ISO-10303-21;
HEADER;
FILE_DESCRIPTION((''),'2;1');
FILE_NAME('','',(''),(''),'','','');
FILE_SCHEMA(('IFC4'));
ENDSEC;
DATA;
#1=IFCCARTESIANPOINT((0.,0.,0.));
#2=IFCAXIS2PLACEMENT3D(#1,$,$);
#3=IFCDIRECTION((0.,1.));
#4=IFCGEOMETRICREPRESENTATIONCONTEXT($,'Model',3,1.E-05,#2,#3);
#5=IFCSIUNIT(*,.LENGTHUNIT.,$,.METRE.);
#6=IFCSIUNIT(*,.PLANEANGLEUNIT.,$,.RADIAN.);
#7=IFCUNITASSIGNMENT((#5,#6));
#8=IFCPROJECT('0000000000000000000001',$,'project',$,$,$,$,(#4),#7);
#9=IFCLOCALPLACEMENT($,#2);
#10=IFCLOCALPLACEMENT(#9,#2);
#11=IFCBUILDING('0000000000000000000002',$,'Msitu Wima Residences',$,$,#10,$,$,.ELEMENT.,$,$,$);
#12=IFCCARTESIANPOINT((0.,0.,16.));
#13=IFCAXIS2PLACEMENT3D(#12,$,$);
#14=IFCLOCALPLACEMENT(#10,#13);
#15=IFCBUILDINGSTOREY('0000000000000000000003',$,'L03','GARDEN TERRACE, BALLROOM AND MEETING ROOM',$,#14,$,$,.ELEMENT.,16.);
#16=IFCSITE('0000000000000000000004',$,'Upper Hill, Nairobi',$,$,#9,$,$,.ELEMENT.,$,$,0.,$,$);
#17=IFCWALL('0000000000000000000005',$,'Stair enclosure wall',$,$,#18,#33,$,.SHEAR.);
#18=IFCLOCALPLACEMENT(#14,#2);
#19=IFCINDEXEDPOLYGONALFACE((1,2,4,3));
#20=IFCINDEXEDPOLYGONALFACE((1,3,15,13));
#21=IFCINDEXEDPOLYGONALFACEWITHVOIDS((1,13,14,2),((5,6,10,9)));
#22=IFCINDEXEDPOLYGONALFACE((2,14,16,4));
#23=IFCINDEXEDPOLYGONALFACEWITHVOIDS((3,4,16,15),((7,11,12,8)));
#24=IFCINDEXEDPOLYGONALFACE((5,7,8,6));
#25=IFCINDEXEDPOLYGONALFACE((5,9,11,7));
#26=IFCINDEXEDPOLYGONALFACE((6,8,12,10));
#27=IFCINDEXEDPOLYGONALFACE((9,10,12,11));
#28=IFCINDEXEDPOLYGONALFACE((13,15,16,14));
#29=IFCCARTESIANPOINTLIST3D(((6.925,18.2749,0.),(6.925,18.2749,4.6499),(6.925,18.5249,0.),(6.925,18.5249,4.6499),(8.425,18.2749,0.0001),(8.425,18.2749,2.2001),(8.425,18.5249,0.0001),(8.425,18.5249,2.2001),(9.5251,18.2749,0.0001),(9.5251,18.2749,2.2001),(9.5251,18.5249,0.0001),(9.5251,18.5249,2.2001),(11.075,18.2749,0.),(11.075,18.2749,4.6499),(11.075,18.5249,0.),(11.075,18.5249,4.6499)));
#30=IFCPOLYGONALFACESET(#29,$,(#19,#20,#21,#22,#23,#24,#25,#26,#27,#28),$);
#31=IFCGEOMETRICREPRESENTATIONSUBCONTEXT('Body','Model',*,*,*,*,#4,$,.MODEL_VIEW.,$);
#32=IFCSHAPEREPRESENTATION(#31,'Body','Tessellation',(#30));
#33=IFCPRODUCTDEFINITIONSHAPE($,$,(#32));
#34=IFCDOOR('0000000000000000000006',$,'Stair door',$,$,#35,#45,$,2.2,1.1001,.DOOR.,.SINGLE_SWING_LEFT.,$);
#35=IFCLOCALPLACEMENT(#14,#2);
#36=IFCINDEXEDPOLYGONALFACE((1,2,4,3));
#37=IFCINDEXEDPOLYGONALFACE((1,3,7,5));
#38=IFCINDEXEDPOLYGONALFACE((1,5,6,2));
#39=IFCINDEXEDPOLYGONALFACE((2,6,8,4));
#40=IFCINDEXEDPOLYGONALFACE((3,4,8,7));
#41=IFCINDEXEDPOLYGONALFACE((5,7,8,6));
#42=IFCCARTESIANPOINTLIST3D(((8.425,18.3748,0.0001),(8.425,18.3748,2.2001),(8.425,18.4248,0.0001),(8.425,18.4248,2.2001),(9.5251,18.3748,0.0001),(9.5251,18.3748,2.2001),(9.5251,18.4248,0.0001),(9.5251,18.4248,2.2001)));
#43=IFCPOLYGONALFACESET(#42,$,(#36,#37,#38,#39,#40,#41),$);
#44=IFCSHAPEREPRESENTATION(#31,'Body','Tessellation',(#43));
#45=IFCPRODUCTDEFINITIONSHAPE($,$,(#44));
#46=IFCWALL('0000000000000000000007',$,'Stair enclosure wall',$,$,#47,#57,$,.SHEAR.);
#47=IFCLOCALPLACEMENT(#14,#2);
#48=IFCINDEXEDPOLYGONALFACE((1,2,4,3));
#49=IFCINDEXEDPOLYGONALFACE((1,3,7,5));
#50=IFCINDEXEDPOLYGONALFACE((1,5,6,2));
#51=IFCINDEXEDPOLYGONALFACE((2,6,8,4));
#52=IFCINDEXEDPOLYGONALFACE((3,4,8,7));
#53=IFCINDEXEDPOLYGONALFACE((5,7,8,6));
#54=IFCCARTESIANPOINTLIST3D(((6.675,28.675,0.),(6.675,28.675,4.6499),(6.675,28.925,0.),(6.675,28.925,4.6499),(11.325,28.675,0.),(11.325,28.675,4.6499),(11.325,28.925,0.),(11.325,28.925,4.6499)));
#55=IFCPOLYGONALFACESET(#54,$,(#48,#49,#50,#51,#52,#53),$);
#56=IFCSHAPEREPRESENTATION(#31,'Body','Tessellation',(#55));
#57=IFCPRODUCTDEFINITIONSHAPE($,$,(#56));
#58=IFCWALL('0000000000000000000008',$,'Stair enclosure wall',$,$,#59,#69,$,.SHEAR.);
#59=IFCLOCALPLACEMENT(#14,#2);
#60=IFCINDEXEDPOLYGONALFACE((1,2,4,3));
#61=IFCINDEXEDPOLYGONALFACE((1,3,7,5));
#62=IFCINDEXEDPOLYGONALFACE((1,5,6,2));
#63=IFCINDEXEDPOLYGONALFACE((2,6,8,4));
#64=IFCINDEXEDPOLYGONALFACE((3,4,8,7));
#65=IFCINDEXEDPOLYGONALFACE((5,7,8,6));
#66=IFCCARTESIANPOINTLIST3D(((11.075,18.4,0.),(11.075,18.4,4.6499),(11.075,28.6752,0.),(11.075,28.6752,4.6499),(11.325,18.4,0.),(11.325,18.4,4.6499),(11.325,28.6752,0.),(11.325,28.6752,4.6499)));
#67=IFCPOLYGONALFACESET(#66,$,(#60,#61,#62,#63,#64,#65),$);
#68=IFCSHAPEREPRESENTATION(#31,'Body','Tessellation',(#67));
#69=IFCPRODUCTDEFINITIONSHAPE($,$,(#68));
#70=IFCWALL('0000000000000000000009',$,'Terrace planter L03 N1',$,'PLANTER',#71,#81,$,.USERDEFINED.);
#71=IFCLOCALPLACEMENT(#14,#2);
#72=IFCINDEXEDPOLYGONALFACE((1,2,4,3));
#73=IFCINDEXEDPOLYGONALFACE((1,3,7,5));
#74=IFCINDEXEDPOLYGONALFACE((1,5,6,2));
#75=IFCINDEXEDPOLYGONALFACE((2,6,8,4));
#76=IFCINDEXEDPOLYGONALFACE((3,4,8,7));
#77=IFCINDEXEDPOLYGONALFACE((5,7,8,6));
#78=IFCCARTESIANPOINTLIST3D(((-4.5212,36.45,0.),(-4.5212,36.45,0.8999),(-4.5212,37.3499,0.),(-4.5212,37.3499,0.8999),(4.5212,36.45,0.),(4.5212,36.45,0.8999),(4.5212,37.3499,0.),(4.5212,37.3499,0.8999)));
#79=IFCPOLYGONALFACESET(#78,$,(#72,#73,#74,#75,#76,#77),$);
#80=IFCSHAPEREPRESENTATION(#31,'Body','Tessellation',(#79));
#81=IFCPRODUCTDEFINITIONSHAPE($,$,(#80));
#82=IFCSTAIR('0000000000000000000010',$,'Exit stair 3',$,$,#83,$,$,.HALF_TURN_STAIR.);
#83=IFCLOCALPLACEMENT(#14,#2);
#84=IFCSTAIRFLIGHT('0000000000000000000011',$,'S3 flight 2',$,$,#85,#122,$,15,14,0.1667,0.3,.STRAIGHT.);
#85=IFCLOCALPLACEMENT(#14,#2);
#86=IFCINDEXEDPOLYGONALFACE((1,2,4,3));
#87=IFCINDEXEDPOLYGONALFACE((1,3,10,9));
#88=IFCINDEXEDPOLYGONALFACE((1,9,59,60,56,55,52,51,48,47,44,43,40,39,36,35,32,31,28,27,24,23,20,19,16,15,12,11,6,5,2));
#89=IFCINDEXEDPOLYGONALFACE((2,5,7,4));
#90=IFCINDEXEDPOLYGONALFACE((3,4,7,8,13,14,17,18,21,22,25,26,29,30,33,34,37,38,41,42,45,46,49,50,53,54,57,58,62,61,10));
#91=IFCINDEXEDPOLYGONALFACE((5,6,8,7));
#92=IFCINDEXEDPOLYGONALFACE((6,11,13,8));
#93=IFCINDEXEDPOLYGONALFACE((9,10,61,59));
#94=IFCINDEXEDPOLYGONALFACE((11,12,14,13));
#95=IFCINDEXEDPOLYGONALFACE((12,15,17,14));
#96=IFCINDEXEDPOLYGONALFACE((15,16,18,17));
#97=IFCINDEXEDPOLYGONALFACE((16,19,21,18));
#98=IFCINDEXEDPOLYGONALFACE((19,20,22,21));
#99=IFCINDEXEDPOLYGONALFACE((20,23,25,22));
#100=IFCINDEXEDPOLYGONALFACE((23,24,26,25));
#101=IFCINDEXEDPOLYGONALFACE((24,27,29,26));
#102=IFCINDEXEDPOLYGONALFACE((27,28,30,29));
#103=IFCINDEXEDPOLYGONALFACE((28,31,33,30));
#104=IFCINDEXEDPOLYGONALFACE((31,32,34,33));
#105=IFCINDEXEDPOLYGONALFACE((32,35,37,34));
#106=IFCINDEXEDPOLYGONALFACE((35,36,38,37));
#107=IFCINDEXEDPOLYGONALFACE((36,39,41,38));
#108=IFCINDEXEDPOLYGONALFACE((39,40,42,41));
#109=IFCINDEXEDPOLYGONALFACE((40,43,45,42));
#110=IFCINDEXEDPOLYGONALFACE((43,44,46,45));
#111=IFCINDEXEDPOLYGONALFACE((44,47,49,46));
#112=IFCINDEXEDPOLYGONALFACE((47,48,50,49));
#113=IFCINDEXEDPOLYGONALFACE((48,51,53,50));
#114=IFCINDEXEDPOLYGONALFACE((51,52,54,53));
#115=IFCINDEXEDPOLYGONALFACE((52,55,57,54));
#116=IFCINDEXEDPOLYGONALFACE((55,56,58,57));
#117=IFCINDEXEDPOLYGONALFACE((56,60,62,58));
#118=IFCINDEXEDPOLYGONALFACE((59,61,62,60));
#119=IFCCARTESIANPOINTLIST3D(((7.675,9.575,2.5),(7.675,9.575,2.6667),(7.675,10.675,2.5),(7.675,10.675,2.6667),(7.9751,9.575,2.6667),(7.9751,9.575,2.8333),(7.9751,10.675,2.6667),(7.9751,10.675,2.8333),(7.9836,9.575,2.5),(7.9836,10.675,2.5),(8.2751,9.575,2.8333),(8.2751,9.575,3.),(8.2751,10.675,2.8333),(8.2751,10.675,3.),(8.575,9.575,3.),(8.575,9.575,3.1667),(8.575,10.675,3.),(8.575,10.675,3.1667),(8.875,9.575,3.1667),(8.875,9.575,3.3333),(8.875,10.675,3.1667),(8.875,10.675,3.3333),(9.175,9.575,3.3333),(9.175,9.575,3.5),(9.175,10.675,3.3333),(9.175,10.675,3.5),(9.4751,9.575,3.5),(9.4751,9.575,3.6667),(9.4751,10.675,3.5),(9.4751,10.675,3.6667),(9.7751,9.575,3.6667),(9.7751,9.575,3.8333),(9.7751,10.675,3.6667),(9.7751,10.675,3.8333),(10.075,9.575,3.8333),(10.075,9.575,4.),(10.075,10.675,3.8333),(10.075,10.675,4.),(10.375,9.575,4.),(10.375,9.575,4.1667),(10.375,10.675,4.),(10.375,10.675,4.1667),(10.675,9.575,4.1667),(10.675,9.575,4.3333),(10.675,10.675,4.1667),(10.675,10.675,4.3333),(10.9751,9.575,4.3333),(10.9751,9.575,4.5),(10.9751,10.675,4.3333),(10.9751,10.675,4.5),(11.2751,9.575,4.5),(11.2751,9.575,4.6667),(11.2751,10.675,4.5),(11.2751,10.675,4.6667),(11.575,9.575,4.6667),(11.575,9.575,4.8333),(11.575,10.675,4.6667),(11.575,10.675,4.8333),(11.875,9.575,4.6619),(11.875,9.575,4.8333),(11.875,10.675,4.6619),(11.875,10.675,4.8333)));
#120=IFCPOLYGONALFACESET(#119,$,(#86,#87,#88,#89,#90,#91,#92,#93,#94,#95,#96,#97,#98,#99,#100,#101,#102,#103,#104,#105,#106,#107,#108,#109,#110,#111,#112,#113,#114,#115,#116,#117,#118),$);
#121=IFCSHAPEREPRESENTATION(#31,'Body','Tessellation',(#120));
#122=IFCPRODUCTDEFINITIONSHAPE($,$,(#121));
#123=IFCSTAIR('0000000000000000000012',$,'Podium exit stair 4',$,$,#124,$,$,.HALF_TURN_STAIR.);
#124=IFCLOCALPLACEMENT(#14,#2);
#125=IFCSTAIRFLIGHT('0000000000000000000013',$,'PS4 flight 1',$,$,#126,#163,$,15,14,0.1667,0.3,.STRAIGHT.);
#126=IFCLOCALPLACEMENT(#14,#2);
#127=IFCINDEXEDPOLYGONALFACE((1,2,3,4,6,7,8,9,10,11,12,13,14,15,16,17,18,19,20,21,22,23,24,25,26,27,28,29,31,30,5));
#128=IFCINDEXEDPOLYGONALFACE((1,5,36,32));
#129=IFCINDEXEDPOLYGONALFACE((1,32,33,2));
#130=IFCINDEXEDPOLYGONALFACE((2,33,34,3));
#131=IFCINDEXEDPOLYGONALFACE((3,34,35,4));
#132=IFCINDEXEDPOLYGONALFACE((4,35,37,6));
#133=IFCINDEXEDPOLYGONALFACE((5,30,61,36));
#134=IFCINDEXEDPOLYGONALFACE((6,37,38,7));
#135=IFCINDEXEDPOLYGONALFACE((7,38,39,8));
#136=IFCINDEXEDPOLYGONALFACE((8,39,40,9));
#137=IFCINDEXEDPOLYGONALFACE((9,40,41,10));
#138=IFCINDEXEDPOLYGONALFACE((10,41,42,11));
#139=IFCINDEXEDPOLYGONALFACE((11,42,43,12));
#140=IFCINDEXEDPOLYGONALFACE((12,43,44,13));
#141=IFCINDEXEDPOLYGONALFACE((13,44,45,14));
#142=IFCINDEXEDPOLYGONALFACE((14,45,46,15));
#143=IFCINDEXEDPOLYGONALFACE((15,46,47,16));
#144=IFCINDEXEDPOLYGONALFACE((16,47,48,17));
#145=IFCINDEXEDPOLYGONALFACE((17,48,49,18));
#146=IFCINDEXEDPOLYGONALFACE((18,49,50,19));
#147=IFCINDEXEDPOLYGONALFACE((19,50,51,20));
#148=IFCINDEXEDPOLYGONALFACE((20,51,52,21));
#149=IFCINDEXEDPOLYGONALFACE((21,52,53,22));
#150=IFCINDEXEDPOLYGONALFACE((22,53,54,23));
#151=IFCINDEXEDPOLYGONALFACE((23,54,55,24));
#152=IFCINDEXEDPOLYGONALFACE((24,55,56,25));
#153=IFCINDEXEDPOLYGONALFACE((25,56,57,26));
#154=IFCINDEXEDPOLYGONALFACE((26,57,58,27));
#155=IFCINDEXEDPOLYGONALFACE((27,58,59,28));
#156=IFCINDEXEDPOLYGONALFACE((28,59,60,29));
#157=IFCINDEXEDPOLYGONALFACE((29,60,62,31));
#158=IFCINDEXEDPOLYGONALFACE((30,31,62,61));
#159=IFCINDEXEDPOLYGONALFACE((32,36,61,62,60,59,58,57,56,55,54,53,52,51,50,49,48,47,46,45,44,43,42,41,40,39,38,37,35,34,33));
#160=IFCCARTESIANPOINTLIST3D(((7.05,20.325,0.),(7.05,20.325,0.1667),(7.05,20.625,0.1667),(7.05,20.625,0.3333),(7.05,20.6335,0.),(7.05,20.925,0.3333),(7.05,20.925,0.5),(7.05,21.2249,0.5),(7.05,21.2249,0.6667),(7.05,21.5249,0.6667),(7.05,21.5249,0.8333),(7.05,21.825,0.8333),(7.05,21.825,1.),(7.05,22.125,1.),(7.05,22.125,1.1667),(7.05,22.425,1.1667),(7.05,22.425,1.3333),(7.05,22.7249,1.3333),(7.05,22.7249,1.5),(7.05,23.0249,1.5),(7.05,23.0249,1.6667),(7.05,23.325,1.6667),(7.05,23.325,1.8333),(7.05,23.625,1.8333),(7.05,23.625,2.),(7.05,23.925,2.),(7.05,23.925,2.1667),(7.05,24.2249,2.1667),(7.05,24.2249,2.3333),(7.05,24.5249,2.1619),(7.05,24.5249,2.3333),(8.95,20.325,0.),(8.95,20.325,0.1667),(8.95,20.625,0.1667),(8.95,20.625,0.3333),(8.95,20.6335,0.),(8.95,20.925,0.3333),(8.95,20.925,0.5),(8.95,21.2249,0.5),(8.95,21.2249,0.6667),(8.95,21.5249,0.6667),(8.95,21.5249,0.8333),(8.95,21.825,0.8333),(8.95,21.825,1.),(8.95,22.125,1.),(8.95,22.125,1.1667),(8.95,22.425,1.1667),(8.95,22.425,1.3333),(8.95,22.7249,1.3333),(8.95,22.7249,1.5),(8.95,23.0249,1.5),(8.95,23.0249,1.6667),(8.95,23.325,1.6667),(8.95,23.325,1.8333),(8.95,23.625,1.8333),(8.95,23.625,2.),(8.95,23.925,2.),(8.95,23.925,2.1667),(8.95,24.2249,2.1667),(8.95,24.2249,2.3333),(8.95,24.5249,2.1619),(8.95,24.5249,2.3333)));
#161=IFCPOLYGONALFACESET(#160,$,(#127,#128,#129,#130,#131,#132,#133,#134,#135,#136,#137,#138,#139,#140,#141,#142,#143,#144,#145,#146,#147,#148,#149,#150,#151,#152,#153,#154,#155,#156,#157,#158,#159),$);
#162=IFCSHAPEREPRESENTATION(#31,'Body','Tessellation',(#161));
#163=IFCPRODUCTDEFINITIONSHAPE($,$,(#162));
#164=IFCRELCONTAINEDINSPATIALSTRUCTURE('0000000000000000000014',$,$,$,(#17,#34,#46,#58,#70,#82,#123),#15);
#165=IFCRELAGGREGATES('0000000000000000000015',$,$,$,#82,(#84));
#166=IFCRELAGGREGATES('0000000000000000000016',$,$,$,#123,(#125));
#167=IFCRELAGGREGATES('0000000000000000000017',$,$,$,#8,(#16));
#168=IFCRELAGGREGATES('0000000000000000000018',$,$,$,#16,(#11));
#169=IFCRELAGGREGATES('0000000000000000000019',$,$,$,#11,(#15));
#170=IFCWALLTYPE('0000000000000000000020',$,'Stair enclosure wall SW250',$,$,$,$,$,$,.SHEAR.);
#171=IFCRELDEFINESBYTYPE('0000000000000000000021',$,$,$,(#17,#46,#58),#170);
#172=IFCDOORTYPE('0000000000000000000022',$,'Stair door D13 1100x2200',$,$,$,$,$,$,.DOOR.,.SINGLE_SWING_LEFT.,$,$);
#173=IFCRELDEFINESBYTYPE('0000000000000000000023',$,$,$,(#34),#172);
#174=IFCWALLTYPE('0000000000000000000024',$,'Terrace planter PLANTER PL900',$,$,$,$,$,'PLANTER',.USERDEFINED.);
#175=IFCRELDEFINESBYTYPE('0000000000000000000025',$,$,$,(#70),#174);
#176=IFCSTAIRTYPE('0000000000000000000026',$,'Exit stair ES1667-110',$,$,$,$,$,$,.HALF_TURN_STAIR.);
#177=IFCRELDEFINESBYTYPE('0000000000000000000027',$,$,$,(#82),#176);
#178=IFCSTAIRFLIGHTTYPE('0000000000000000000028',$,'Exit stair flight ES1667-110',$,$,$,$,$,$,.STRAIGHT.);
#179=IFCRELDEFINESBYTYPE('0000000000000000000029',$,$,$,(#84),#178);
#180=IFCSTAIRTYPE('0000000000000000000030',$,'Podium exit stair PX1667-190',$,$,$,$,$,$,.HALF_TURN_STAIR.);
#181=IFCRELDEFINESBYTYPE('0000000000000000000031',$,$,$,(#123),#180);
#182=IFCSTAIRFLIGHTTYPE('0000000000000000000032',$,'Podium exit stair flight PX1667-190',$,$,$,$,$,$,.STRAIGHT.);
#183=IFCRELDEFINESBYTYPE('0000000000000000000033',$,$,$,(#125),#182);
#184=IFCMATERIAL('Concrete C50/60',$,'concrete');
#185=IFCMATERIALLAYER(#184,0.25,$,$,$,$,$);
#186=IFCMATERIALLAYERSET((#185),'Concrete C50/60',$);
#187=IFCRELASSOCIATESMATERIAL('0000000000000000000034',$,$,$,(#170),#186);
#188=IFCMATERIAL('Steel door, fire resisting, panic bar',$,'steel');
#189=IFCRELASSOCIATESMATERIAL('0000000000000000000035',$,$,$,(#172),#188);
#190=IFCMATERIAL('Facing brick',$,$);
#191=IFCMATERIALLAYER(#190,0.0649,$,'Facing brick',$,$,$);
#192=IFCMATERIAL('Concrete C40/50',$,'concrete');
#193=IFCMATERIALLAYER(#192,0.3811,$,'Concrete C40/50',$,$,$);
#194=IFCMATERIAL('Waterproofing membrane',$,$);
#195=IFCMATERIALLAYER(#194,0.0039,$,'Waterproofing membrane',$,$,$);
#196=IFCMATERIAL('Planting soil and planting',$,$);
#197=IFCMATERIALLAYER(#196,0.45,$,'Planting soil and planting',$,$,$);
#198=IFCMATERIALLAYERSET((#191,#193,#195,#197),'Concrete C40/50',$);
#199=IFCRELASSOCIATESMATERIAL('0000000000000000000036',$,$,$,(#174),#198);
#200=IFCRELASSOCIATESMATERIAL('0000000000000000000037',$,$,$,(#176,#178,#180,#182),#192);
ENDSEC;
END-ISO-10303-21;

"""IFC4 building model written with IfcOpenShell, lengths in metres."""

from ifc_helpers import new_model, si_unit, direction, frame, frame_2d, origin, place, context, subcontext, project, spatial, polyline, rectangle, outline, extrude, material, layer, layer_set, type_object, element, fill, aggregate, save


model = new_model("IFC4")

# Units and contexts
model_context = context("Model", 3, precision=1e-05, world=origin(), true_north=direction((0.0, 1.0)))
body_context = subcontext(model_context, "Body", "Model", "MODEL_VIEW")
ifc_project = project(units=[si_unit("LENGTHUNIT", "METRE"), si_unit("PLANEANGLEUNIT", "RADIAN")], contexts=[model_context])

# Site, building, storey
site_placement = place(None, origin())
site = spatial("IfcSite", under=ifc_project, at=site_placement, Name="Upper Hill, Nairobi", CompositionType="ELEMENT", RefElevation=0.0)
building_placement = place(site_placement, origin())
building = spatial("IfcBuilding", under=site, at=building_placement, Name="Msitu Wima Residences", CompositionType="ELEMENT")
storey_placement = place(building_placement, frame((0.0, 0.0, 16.0)))
storey = spatial("IfcBuildingStorey", under=building, at=storey_placement, Name="L03", Description="GARDEN TERRACE, BALLROOM AND MEETING ROOM", CompositionType="ELEMENT", Elevation=16.0)

# Shared definitions
ifc_material_1 = material(Name="Concrete C40/50", Category="concrete")

# Shared definitions
ifc_material_2 = material(Name="Concrete C50/60", Category="concrete")
ifc_layer_1 = layer(ifc_material_2, 0.25)
ifc_layer_set_1 = layer_set([ifc_layer_1], Name="Concrete C50/60")
wall_type_1 = type_object("IfcWallType", Name="Stair enclosure wall SW250", PredefinedType="SHEAR", material=ifc_layer_set_1)

# Wall, opening, door
wall_1_placement = place(storey_placement, frame((6.925, 18.3999, 0.0), z_axis=(0.0, 0.0, 1.0), x_axis=(1.0, 0.0, 0.0)))
wall_1 = element("IfcWall", 1, at=wall_1_placement, inside=storey, type_object=wall_type_1, Name="Stair enclosure wall", PredefinedType="SHEAR", context=body_context, shape_type="SweptSolid", body=[
    extrude(rectangle(XDim=4.1499, YDim=0.25, at=frame_2d((2.075, 0.0))), origin(), (0.0, 0.0, 1.0), 4.6499),
])
opening_1_placement = place(wall_1_placement, frame((1.5, 0.0, 0.0)))
opening_1 = element("IfcOpeningElement", 2, at=opening_1_placement, cuts=wall_1, PredefinedType="OPENING", context=body_context, shape_type="SweptSolid", body=[
    extrude(rectangle(XDim=1.1001, YDim=2.2, at=frame_2d((0.55, 1.1001))), frame((0.0, 0.135, 0.0), z_axis=(0.0, -1.0, 0.0), x_axis=(1.0, 0.0, 0.0)), (0.0, 0.0, 1.0), 0.27),
])
ifc_material_3 = material(Name="Steel door, fire resisting, panic bar", Category="steel")
door_type_1 = type_object("IfcDoorType", Name="Stair door D13 1100x2200", OperationType="SINGLE_SWING_LEFT", PredefinedType="DOOR", material=ifc_material_3)
door_1_placement = place(opening_1_placement, origin())
door_1 = element("IfcDoor", 3, at=door_1_placement, inside=storey, type_object=door_type_1, Name="Stair door", OperationType="SINGLE_SWING_LEFT", OverallHeight=2.2, OverallWidth=1.1001, PredefinedType="DOOR", context=body_context, shape_type="SweptSolid", body=[
    extrude(rectangle(XDim=1.1001, YDim=2.2, at=frame_2d((0.55, 1.1001))), frame((0.0, 0.0249, 0.0), z_axis=(0.0, -1.0, 0.0), x_axis=(1.0, 0.0, 0.0)), (0.0, 0.0, 1.0), 0.05),
])
fill(opening_1, door_1)

# Walls
wall_2_placement = place(storey_placement, frame((6.675, 28.8, 0.0), z_axis=(0.0, 0.0, 1.0), x_axis=(1.0, 0.0, 0.0)))
element("IfcWall", 4, at=wall_2_placement, inside=storey, type_object=wall_type_1, Name="Stair enclosure wall", PredefinedType="SHEAR", context=body_context, shape_type="SweptSolid", body=[
    extrude(rectangle(XDim=4.6499, YDim=0.25, at=frame_2d((2.325, 0.0))), origin(), (0.0, 0.0, 1.0), 4.6499),
])
wall_3_placement = place(storey_placement, frame((11.2, 18.3999, 0.0), z_axis=(0.0, 0.0, 1.0), x_axis=(0.0, 1.0, 0.0)))
element("IfcWall", 5, at=wall_3_placement, inside=storey, type_object=wall_type_1, Name="Stair enclosure wall", PredefinedType="SHEAR", context=body_context, shape_type="SweptSolid", body=[
    extrude(rectangle(XDim=10.2751, YDim=0.25, at=frame_2d((5.1377, 0.0))), origin(), (0.0, 0.0, 1.0), 4.6499),
])
ifc_material_4 = material(Name="Facing brick")
ifc_layer_2 = layer(ifc_material_4, 0.0649, Name="Facing brick")
ifc_layer_3 = layer(ifc_material_1, 0.3811, Name="Concrete C40/50")
ifc_material_5 = material(Name="Waterproofing membrane")
ifc_layer_4 = layer(ifc_material_5, 0.0039, Name="Waterproofing membrane")
ifc_material_6 = material(Name="Planting soil and planting")
ifc_layer_5 = layer(ifc_material_6, 0.45, Name="Planting soil and planting")
ifc_layer_set_2 = layer_set([ifc_layer_2, ifc_layer_3, ifc_layer_4, ifc_layer_5], Name="Concrete C40/50")
wall_type_2 = type_object("IfcWallType", Name="Terrace planter PLANTER PL900", ElementType="PLANTER", PredefinedType="USERDEFINED", material=ifc_layer_set_2)
wall_4_placement = place(storey_placement, frame((4.5212, 36.8999, 0.0), z_axis=(0.0, 0.0, 1.0), x_axis=(-1.0, 0.0, 0.0)))
element("IfcWall", 6, at=wall_4_placement, inside=storey, type_object=wall_type_2, Name="Terrace planter L03 N1", ObjectType="PLANTER", PredefinedType="USERDEFINED", context=body_context, shape_type="SweptSolid", body=[
    extrude(rectangle(XDim=9.0425, YDim=0.8999, at=frame_2d((4.5212, 0.0))), origin(), (0.0, 0.0, 1.0), 0.8999),
])

# Stair, stair flight
stair_type_1 = type_object("IfcStairType", Name="Exit stair ES1667-110", PredefinedType="HALF_TURN_STAIR", material=ifc_material_1)
stair_1_placement = place(storey_placement, origin())
stair_1 = element("IfcStair", 7, at=stair_1_placement, inside=storey, type_object=stair_type_1, Name="Exit stair 3", PredefinedType="HALF_TURN_STAIR")
stair_flight_type_1 = type_object("IfcStairFlightType", Name="Exit stair flight ES1667-110", PredefinedType="STRAIGHT", material=ifc_material_1)
stair_flight_1_placement = place(storey_placement, frame((7.675, 10.125, 2.5), z_axis=(0.0, 0.0, 1.0), x_axis=(1.0, 0.0, 0.0)))
stair_flight_1 = element("IfcStairFlight", 8, at=stair_flight_1_placement, type_object=stair_flight_type_1, Name="S3 flight 2", NumberOfRisers=15, NumberOfTreads=14, PredefinedType="STRAIGHT", RiserHeight=0.1667, TreadLength=0.3, context=body_context, shape_type="SweptSolid", body=[
    extrude(outline(polyline([(0.0, 0.0), (0.0, 0.1667), (0.3, 0.1667), (0.3, 0.3333), (0.6001, 0.3333), (0.6001, 0.5), (0.8999, 0.5), (0.8999, 0.6667), (1.2, 0.6667), (1.2, 0.8333), (1.5, 0.8333), (1.5, 1.0), (1.8, 1.0), (1.8, 1.1667), (2.1001, 1.1667), (2.1001, 1.3333), (2.3999, 1.3333), (2.3999, 1.5), (2.7, 1.5), (2.7, 1.6667), (3.0, 1.6667), (3.0, 1.8333), (3.3, 1.8333), (3.3, 2.0), (3.6001, 2.0), (3.6001, 2.1667), (3.8999, 2.1667), (3.8999, 2.3333), (4.2, 2.3333), (4.2, 2.5), (4.2, 2.1619), (0.3086, 0.0), (0.0, 0.0)])), frame((0.0, 0.55, 0.0), z_axis=(0.0, -1.0, 0.0), x_axis=(1.0, 0.0, 0.0)), (0.0, 0.0, 1.0), 1.1001),
])
aggregate(stair_1, [stair_flight_1])

# Stair, stair flight
stair_type_2 = type_object("IfcStairType", Name="Podium exit stair PX1667-190", PredefinedType="HALF_TURN_STAIR", material=ifc_material_1)
stair_2_placement = place(storey_placement, origin())
stair_2 = element("IfcStair", 9, at=stair_2_placement, inside=storey, type_object=stair_type_2, Name="Podium exit stair 4", PredefinedType="HALF_TURN_STAIR")
stair_flight_type_2 = type_object("IfcStairFlightType", Name="Podium exit stair flight PX1667-190", PredefinedType="STRAIGHT", material=ifc_material_1)
stair_flight_2_placement = place(storey_placement, frame((8.0, 20.325, 0.0), z_axis=(0.0, 0.0, 1.0), x_axis=(0.0, 1.0, 0.0)))
stair_flight_2 = element("IfcStairFlight", 10, at=stair_flight_2_placement, type_object=stair_flight_type_2, Name="PS4 flight 1", NumberOfRisers=15, NumberOfTreads=14, PredefinedType="STRAIGHT", RiserHeight=0.1667, TreadLength=0.3, context=body_context, shape_type="SweptSolid", body=[
    extrude(outline(polyline([(0.0, 0.0), (0.0, 0.1667), (0.3, 0.1667), (0.3, 0.3333), (0.6001, 0.3333), (0.6001, 0.5), (0.8999, 0.5), (0.8999, 0.6667), (1.2, 0.6667), (1.2, 0.8333), (1.5, 0.8333), (1.5, 1.0), (1.8, 1.0), (1.8, 1.1667), (2.1001, 1.1667), (2.1001, 1.3333), (2.3999, 1.3333), (2.3999, 1.5), (2.7, 1.5), (2.7, 1.6667), (3.0, 1.6667), (3.0, 1.8333), (3.3, 1.8333), (3.3, 2.0), (3.6001, 2.0), (3.6001, 2.1667), (3.8999, 2.1667), (3.8999, 2.3333), (4.2, 2.3333), (4.2, 2.5), (4.2, 2.1619), (0.3086, 0.0), (0.0, 0.0)])), frame((0.0, 0.95, 0.0), z_axis=(0.0, -1.0, 0.0), x_axis=(1.0, 0.0, 0.0)), (0.0, 0.0, 1.0), 1.8999),
])
aggregate(stair_2, [stair_flight_2])

save(model, "model.ifc")
